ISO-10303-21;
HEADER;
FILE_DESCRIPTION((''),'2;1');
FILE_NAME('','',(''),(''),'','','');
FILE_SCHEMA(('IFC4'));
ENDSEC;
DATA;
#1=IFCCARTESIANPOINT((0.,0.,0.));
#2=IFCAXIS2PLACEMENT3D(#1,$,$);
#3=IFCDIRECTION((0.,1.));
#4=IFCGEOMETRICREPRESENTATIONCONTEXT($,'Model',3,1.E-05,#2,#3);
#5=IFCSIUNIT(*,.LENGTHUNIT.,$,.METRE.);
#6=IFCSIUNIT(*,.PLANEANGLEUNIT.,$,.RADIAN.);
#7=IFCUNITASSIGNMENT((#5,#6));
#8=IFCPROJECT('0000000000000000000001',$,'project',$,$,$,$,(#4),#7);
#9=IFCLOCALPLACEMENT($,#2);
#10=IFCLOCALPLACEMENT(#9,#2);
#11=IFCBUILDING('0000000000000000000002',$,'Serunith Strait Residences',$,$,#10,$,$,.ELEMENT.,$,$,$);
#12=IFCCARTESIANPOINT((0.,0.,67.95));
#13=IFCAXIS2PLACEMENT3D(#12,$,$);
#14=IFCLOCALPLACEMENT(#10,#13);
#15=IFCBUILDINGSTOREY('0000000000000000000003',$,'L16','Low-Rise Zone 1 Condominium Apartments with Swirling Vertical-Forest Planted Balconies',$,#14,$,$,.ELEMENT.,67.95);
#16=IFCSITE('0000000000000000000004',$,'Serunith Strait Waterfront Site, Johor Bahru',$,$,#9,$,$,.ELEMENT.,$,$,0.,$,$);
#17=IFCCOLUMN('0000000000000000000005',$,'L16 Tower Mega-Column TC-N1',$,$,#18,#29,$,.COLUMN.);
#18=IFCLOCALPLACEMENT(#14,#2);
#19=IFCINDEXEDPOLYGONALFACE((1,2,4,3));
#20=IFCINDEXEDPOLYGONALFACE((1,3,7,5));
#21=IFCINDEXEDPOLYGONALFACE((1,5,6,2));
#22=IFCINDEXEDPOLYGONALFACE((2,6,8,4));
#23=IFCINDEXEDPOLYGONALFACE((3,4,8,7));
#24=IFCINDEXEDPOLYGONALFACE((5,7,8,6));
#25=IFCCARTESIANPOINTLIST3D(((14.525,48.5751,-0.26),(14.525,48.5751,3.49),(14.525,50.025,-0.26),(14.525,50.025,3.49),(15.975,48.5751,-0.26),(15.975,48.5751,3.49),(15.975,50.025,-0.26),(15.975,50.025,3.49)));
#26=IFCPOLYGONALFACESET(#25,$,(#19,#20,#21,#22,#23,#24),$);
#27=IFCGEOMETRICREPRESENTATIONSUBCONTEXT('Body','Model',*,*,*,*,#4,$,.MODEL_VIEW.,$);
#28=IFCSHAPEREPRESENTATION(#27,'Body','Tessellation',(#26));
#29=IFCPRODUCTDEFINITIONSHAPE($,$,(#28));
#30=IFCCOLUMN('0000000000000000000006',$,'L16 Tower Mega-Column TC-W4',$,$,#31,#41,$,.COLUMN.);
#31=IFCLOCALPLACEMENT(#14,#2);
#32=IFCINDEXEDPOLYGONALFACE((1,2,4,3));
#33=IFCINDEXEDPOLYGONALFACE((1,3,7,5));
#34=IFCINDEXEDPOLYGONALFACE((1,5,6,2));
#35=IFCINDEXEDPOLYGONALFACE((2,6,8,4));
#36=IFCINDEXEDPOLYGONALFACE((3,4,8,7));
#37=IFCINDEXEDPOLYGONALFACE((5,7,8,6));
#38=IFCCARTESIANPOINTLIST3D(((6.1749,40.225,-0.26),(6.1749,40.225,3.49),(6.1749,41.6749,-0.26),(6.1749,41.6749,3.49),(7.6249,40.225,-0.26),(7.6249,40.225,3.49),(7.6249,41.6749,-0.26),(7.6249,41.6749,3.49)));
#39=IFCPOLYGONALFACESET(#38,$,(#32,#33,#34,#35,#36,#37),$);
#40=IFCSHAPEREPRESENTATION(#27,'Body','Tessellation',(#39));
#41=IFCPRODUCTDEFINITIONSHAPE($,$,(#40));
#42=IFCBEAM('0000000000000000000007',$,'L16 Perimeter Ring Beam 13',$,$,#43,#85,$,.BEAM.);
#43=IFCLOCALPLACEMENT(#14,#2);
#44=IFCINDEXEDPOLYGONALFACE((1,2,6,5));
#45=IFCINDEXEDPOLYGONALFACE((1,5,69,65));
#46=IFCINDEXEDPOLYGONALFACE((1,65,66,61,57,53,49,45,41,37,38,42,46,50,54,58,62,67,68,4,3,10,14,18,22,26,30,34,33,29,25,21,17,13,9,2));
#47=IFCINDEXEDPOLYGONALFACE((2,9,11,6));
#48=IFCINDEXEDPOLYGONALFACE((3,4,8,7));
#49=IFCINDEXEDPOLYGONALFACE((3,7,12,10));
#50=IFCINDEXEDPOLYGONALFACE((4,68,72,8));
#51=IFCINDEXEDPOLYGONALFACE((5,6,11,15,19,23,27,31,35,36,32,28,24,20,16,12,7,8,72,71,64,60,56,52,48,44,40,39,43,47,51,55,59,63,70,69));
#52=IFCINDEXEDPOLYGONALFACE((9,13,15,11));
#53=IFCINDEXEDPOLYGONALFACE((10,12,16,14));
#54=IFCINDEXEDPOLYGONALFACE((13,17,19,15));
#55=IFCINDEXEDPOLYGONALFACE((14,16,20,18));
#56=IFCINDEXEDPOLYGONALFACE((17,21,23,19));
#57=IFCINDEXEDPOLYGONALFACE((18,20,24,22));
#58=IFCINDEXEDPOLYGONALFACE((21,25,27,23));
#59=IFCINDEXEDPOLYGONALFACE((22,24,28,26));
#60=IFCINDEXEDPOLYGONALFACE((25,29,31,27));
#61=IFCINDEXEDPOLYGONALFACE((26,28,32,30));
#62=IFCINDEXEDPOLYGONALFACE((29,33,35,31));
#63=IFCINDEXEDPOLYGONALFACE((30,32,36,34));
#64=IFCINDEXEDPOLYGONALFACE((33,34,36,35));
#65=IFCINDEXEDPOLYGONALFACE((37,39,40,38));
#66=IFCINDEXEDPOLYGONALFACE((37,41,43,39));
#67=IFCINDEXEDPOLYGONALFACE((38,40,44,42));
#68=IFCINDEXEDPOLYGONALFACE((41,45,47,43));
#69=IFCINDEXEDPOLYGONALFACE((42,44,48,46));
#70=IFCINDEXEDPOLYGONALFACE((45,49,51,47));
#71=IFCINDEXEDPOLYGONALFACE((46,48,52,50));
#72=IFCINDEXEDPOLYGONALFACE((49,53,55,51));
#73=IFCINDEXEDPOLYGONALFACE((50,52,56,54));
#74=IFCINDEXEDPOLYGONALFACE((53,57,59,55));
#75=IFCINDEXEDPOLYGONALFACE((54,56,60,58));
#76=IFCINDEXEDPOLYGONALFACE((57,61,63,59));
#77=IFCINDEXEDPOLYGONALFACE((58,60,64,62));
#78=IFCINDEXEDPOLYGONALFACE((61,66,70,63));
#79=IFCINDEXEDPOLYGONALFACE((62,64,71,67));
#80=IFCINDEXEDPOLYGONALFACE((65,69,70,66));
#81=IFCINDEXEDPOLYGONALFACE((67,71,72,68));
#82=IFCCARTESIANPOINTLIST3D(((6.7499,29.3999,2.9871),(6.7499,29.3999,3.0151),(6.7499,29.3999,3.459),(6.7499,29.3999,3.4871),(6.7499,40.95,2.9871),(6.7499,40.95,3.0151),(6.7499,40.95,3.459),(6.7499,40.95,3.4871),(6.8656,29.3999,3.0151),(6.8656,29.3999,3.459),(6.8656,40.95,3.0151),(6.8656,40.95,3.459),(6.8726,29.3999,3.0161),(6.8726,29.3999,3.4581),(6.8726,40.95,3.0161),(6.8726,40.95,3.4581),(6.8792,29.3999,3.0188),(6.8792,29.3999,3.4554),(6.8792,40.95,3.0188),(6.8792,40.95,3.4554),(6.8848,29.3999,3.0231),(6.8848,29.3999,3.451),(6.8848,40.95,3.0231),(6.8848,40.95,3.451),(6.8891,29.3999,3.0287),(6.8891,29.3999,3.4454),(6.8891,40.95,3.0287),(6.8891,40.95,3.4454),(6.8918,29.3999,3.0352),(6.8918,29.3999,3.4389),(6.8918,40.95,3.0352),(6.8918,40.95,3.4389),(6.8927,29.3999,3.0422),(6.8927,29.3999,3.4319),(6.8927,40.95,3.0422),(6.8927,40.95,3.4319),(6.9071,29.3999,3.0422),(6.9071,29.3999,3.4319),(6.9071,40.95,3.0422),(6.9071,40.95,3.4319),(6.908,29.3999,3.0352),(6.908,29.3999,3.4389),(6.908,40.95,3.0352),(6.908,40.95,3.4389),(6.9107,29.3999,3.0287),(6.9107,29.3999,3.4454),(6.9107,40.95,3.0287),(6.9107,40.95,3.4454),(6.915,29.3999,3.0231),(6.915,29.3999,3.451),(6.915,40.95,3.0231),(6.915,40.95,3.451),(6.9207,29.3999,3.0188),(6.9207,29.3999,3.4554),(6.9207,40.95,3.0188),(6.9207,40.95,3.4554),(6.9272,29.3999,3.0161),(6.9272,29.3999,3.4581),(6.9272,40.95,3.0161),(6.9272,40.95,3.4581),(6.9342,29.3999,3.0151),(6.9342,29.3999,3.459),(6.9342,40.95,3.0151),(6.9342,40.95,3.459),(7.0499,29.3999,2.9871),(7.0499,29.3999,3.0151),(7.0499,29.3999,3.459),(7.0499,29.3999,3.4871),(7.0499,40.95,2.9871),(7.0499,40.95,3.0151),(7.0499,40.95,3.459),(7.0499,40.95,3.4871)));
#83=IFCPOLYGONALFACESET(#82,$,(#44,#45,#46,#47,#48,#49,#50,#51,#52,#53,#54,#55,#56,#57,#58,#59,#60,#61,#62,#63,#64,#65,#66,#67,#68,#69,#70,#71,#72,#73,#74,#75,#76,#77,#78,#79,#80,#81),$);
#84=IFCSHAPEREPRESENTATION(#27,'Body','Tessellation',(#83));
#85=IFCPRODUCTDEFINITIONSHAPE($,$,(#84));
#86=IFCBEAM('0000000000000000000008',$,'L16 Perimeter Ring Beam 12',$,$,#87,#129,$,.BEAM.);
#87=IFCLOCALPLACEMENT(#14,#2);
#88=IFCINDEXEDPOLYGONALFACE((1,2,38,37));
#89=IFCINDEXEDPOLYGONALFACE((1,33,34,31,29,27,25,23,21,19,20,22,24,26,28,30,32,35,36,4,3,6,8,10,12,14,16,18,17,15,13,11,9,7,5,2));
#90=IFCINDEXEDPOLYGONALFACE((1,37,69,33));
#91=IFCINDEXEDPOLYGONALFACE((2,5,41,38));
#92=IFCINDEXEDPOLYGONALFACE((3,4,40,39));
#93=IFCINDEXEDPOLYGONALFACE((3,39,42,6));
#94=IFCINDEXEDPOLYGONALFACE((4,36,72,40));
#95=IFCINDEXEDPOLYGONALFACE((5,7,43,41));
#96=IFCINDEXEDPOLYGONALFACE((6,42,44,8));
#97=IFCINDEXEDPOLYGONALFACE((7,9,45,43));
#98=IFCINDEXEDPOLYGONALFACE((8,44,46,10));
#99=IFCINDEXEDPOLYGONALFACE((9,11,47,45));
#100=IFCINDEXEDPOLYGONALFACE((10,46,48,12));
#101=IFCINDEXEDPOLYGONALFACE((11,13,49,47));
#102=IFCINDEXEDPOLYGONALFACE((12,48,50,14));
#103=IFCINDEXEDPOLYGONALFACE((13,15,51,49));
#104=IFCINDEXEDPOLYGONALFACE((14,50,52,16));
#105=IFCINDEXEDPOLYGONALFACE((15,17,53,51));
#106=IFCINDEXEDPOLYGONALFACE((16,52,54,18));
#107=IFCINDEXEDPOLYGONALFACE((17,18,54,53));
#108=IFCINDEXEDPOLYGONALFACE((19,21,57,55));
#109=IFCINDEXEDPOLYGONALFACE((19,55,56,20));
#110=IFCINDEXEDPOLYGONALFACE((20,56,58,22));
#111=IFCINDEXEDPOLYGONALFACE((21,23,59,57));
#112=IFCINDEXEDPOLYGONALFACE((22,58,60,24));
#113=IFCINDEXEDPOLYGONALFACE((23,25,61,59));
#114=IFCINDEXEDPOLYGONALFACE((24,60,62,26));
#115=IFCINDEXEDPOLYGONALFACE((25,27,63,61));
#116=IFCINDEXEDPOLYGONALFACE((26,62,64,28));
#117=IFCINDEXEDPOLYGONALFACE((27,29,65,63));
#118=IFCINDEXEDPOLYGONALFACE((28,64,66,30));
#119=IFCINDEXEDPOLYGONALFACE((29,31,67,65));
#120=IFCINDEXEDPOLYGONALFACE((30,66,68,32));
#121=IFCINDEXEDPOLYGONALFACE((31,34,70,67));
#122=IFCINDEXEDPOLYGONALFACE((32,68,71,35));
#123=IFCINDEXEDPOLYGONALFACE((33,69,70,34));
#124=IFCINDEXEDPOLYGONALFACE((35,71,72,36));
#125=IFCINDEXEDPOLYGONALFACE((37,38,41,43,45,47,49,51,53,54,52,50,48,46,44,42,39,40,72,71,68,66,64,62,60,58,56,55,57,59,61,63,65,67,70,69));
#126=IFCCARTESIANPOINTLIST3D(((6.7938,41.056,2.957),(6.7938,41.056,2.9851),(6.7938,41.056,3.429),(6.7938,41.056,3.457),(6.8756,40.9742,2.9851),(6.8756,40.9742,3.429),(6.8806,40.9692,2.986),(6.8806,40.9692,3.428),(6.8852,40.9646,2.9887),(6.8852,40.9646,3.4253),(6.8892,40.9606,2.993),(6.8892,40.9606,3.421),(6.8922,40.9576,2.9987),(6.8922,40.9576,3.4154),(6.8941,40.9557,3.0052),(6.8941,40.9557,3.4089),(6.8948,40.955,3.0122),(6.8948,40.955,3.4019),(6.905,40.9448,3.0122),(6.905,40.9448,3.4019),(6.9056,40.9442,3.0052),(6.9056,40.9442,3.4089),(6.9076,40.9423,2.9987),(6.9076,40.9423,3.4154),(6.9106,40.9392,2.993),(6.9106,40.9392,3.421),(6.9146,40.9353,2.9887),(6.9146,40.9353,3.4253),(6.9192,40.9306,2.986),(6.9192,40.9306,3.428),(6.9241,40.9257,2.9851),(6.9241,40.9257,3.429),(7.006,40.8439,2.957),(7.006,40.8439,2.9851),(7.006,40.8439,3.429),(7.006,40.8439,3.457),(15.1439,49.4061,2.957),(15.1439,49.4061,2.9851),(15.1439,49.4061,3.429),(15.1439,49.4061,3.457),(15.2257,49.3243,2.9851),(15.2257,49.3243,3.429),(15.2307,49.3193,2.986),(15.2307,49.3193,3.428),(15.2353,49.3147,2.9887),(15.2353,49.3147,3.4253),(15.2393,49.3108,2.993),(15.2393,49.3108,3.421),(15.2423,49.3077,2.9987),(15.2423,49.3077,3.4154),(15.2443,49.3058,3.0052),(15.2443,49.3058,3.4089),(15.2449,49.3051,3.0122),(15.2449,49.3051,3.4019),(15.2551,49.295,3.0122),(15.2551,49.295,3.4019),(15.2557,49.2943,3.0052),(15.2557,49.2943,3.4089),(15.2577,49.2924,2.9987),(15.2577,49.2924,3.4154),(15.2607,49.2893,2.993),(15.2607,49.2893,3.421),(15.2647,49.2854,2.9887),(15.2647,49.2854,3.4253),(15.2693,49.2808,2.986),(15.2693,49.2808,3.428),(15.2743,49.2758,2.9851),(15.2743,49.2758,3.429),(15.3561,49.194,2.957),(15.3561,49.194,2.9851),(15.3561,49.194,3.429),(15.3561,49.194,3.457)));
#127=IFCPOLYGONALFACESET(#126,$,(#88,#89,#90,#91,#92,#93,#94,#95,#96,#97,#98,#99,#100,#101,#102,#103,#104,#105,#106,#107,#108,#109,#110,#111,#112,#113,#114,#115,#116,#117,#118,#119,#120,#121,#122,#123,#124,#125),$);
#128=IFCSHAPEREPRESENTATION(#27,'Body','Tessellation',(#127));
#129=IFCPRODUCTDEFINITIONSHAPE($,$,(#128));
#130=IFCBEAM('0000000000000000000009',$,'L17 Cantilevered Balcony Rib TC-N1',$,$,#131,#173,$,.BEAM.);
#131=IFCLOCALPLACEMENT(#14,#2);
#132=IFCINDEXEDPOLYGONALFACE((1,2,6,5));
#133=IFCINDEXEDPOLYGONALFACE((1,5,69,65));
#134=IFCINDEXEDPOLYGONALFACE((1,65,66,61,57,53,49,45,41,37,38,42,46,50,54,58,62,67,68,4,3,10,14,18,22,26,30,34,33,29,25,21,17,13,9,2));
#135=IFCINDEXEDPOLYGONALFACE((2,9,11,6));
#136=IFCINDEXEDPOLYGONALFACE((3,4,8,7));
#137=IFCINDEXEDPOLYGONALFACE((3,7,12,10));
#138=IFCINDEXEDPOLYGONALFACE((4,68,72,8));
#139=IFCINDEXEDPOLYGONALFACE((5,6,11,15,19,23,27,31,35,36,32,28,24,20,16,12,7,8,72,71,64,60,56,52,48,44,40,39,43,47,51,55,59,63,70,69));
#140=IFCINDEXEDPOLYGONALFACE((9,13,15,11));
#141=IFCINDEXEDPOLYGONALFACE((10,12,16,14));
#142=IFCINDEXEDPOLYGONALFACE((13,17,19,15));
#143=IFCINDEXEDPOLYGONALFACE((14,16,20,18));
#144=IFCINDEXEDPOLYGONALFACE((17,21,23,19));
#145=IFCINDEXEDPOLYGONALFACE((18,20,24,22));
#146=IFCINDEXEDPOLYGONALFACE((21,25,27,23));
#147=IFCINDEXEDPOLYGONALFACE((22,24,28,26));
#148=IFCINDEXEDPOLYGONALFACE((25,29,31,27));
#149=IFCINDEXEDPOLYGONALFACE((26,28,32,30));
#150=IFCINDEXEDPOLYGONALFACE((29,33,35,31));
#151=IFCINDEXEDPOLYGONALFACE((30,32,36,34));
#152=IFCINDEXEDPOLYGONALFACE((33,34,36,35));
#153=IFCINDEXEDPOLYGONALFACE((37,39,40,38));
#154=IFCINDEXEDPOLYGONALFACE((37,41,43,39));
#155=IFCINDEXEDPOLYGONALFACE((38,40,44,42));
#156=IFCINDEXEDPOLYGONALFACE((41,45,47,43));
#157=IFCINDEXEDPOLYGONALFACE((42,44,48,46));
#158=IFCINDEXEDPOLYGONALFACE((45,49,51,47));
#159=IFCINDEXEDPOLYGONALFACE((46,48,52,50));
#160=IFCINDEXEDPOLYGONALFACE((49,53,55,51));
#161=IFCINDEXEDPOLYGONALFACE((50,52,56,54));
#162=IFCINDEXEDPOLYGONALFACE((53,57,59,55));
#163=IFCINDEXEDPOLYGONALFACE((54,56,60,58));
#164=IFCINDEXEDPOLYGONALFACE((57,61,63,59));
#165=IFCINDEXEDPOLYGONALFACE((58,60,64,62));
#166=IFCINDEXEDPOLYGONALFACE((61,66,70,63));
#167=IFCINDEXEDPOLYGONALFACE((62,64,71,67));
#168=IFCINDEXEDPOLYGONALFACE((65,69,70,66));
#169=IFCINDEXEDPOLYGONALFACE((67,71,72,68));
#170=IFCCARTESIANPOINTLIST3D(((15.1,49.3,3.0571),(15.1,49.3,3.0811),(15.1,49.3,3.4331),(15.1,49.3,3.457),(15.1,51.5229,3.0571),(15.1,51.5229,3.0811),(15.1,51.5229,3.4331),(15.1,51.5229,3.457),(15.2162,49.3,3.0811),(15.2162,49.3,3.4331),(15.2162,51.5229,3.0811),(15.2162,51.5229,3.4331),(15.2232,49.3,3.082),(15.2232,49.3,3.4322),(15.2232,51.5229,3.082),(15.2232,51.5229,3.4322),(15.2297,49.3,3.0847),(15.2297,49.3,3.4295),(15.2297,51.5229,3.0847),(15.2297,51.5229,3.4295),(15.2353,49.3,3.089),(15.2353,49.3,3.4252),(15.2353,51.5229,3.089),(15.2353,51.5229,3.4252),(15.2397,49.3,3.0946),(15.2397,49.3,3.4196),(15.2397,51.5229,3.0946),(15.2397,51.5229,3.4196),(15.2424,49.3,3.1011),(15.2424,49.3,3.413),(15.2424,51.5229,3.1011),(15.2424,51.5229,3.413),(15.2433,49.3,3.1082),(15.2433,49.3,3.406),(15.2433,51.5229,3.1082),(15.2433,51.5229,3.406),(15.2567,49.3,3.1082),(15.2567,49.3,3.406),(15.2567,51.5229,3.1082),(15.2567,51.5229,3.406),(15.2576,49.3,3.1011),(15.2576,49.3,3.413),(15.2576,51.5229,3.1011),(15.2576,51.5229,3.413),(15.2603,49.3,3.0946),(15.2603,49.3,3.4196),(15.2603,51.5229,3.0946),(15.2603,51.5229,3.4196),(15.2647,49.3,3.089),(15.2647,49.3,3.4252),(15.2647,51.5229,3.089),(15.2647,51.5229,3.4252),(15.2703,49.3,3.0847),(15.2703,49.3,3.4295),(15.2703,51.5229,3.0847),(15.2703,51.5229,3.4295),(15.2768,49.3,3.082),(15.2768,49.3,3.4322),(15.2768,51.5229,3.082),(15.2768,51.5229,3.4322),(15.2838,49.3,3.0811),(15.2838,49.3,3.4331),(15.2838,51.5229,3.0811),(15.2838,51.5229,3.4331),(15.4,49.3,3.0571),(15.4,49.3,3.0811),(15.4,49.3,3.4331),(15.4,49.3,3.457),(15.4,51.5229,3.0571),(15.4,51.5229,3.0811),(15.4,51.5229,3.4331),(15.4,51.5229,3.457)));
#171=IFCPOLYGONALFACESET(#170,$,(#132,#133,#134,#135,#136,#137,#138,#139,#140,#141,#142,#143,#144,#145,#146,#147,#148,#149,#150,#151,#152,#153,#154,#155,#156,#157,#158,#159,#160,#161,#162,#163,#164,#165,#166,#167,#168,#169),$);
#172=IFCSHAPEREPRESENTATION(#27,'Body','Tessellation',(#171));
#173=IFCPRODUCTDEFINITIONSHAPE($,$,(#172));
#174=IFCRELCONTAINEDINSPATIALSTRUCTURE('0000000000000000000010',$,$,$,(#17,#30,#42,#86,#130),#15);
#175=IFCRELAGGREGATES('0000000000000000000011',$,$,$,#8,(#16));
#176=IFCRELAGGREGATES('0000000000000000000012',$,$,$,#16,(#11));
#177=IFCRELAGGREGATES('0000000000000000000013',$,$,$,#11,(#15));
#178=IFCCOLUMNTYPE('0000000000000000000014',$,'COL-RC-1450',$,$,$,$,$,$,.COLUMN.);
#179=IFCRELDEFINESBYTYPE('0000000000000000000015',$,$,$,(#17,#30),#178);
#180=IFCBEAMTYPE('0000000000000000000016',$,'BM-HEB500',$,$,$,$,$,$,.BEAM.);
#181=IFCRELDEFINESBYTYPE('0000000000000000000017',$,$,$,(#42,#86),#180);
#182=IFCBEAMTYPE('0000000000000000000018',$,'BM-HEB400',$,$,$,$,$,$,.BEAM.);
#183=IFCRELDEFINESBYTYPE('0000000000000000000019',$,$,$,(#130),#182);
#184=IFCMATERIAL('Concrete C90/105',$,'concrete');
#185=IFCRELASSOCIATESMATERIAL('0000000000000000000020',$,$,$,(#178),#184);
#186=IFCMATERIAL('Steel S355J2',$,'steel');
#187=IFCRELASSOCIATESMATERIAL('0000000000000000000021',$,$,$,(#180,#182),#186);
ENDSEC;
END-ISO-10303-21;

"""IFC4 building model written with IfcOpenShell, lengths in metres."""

from ifc_helpers import new_model, si_unit, direction, frame, origin, origin_2d, place, context, subcontext, project, spatial, rectangle, i_section, extrude, source, transform, mapped, material, material_profile, profile_set, type_object, element, save


model = new_model("IFC4")

# Units and contexts
model_context = context("Model", 3, precision=1e-05, world=origin(), true_north=direction((0.0, 1.0)))
body_context = subcontext(model_context, "Body", "Model", "MODEL_VIEW")
ifc_project = project(units=[si_unit("LENGTHUNIT", "METRE"), si_unit("PLANEANGLEUNIT", "RADIAN")], contexts=[model_context])

# Site, building, storey
site_placement = place(None, origin())
site = spatial("IfcSite", under=ifc_project, at=site_placement, Name="Serunith Strait Waterfront Site, Johor Bahru", CompositionType="ELEMENT", RefElevation=0.0)
building_placement = place(site_placement, origin())
building = spatial("IfcBuilding", under=site, at=building_placement, Name="Serunith Strait Residences", CompositionType="ELEMENT")
storey_placement = place(building_placement, frame((0.0, 0.0, 67.95)))
storey = spatial("IfcBuildingStorey", under=building, at=storey_placement, Name="L16", Description="Low-Rise Zone 1 Condominium Apartments with Swirling Vertical-Forest Planted Balconies", CompositionType="ELEMENT", Elevation=67.95)

# Columns
ifc_material_1 = material(Name="Concrete C90/105", Category="concrete")
ifc_material_profile_1 = material_profile(ifc_material_1, rectangle(XDim=1.45, YDim=1.45, at=origin_2d()), Name="RC 1450x1450")
ifc_profile_set_1 = profile_set([ifc_material_profile_1], Name="Concrete C90/105")
column_type = type_object("IfcColumnType", Name="COL-RC-1450", PredefinedType="COLUMN", material=ifc_profile_set_1)
shared_shape_1 = source(origin(), body_context, "Body", "SweptSolid", [
    extrude(rectangle(XDim=1.45, YDim=1.45, at=origin_2d()), origin(), (0.0, 0.0, 1.0), 3.75),
])
for number, where, z_axis, x_axis, name in (
    (1, (15.25, 49.3, -0.26), (0.0, 0.0, 1.0), (1.0, 0.0, 0.0), "L16 Tower Mega-Column TC-N1"),
    (2, (6.8999, 40.95, -0.26), (0.0, 0.0, 1.0), (1.0, 0.0, 0.0), "L16 Tower Mega-Column TC-W4"),
):
    element("IfcColumn", number, at=place(storey_placement, frame(where, z_axis=z_axis, x_axis=x_axis)), inside=storey, type_object=column_type, Name=name, PredefinedType="COLUMN", context=body_context, shape_type="MappedRepresentation", body=[
        mapped(shared_shape_1, transform((0.0, 0.0, 0.0), scale=1.0)),
    ])

# Beams
ifc_material_2 = material(Name="Steel S355J2", Category="steel")
ifc_material_profile_2 = material_profile(ifc_material_2, i_section(OverallWidth=0.3, OverallDepth=0.5, WebThickness=0.0144, FlangeThickness=0.0281, FilletRadius=0.0271, at=origin_2d()), Name="HEB 500")
ifc_profile_set_2 = profile_set([ifc_material_profile_2], Name="Steel S355J2")
beam_type_1 = type_object("IfcBeamType", Name="BM-HEB500", PredefinedType="BEAM", material=ifc_profile_set_2)
shared_shape_2 = source(origin(), body_context, "Body", "SweptSolid", [
    extrude(i_section(OverallWidth=0.3, OverallDepth=0.5, WebThickness=0.0144, FlangeThickness=0.0281, FilletRadius=0.0271, at=origin_2d()), origin(), (0.0, 0.0, 1.0), 11.55),
])
beam_1_placement = place(storey_placement, frame((6.8999, 40.95, 3.2371), z_axis=(0.0, -1.0, 0.0), x_axis=(1.0, 0.0, 0.0)))
element("IfcBeam", 3, at=beam_1_placement, inside=storey, type_object=beam_type_1, Name="L16 Perimeter Ring Beam 13", PredefinedType="BEAM", context=body_context, shape_type="MappedRepresentation", body=[
    mapped(shared_shape_2, transform((0.0, 0.0, 0.0), scale=1.0)),
])
shared_shape_3 = source(origin(), body_context, "Body", "SweptSolid", [
    extrude(i_section(OverallWidth=0.3, OverallDepth=0.5, WebThickness=0.0144, FlangeThickness=0.0281, FilletRadius=0.0271, at=origin_2d()), origin(), (0.0, 0.0, 1.0), 11.8088),
])
beam_2_placement = place(storey_placement, frame((15.25, 49.3, 3.207), z_axis=(-0.707107, -0.707107, 0.0), x_axis=(0.707107, -0.707107, 0.0)))
element("IfcBeam", 4, at=beam_2_placement, inside=storey, type_object=beam_type_1, Name="L16 Perimeter Ring Beam 12", PredefinedType="BEAM", context=body_context, shape_type="MappedRepresentation", body=[
    mapped(shared_shape_3, transform((0.0, 0.0, 0.0), scale=1.0)),
])
ifc_material_profile_3 = material_profile(ifc_material_2, i_section(OverallWidth=0.3, OverallDepth=0.3999, WebThickness=0.0134, FlangeThickness=0.0239, FilletRadius=0.0271, at=origin_2d()), Name="HEB 400")
ifc_profile_set_3 = profile_set([ifc_material_profile_3], Name="Steel S355J2")
beam_type_2 = type_object("IfcBeamType", Name="BM-HEB400", PredefinedType="BEAM", material=ifc_profile_set_3)
shared_shape_4 = source(origin(), body_context, "Body", "SweptSolid", [
    extrude(i_section(OverallWidth=0.3, OverallDepth=0.3999, WebThickness=0.0134, FlangeThickness=0.0239, FilletRadius=0.0271, at=origin_2d()), origin(), (0.0, 0.0, 1.0), 2.2229),
])
beam_3_placement = place(storey_placement, frame((15.25, 49.3, 3.2571), z_axis=(0.0, 1.0, 0.0), x_axis=(-1.0, 0.0, 0.0)))
element("IfcBeam", 5, at=beam_3_placement, inside=storey, type_object=beam_type_2, Name="L17 Cantilevered Balcony Rib TC-N1", PredefinedType="BEAM", context=body_context, shape_type="MappedRepresentation", body=[
    mapped(shared_shape_4, transform((0.0, 0.0, 0.0), scale=1.0)),
])

save(model, "model.ifc")
